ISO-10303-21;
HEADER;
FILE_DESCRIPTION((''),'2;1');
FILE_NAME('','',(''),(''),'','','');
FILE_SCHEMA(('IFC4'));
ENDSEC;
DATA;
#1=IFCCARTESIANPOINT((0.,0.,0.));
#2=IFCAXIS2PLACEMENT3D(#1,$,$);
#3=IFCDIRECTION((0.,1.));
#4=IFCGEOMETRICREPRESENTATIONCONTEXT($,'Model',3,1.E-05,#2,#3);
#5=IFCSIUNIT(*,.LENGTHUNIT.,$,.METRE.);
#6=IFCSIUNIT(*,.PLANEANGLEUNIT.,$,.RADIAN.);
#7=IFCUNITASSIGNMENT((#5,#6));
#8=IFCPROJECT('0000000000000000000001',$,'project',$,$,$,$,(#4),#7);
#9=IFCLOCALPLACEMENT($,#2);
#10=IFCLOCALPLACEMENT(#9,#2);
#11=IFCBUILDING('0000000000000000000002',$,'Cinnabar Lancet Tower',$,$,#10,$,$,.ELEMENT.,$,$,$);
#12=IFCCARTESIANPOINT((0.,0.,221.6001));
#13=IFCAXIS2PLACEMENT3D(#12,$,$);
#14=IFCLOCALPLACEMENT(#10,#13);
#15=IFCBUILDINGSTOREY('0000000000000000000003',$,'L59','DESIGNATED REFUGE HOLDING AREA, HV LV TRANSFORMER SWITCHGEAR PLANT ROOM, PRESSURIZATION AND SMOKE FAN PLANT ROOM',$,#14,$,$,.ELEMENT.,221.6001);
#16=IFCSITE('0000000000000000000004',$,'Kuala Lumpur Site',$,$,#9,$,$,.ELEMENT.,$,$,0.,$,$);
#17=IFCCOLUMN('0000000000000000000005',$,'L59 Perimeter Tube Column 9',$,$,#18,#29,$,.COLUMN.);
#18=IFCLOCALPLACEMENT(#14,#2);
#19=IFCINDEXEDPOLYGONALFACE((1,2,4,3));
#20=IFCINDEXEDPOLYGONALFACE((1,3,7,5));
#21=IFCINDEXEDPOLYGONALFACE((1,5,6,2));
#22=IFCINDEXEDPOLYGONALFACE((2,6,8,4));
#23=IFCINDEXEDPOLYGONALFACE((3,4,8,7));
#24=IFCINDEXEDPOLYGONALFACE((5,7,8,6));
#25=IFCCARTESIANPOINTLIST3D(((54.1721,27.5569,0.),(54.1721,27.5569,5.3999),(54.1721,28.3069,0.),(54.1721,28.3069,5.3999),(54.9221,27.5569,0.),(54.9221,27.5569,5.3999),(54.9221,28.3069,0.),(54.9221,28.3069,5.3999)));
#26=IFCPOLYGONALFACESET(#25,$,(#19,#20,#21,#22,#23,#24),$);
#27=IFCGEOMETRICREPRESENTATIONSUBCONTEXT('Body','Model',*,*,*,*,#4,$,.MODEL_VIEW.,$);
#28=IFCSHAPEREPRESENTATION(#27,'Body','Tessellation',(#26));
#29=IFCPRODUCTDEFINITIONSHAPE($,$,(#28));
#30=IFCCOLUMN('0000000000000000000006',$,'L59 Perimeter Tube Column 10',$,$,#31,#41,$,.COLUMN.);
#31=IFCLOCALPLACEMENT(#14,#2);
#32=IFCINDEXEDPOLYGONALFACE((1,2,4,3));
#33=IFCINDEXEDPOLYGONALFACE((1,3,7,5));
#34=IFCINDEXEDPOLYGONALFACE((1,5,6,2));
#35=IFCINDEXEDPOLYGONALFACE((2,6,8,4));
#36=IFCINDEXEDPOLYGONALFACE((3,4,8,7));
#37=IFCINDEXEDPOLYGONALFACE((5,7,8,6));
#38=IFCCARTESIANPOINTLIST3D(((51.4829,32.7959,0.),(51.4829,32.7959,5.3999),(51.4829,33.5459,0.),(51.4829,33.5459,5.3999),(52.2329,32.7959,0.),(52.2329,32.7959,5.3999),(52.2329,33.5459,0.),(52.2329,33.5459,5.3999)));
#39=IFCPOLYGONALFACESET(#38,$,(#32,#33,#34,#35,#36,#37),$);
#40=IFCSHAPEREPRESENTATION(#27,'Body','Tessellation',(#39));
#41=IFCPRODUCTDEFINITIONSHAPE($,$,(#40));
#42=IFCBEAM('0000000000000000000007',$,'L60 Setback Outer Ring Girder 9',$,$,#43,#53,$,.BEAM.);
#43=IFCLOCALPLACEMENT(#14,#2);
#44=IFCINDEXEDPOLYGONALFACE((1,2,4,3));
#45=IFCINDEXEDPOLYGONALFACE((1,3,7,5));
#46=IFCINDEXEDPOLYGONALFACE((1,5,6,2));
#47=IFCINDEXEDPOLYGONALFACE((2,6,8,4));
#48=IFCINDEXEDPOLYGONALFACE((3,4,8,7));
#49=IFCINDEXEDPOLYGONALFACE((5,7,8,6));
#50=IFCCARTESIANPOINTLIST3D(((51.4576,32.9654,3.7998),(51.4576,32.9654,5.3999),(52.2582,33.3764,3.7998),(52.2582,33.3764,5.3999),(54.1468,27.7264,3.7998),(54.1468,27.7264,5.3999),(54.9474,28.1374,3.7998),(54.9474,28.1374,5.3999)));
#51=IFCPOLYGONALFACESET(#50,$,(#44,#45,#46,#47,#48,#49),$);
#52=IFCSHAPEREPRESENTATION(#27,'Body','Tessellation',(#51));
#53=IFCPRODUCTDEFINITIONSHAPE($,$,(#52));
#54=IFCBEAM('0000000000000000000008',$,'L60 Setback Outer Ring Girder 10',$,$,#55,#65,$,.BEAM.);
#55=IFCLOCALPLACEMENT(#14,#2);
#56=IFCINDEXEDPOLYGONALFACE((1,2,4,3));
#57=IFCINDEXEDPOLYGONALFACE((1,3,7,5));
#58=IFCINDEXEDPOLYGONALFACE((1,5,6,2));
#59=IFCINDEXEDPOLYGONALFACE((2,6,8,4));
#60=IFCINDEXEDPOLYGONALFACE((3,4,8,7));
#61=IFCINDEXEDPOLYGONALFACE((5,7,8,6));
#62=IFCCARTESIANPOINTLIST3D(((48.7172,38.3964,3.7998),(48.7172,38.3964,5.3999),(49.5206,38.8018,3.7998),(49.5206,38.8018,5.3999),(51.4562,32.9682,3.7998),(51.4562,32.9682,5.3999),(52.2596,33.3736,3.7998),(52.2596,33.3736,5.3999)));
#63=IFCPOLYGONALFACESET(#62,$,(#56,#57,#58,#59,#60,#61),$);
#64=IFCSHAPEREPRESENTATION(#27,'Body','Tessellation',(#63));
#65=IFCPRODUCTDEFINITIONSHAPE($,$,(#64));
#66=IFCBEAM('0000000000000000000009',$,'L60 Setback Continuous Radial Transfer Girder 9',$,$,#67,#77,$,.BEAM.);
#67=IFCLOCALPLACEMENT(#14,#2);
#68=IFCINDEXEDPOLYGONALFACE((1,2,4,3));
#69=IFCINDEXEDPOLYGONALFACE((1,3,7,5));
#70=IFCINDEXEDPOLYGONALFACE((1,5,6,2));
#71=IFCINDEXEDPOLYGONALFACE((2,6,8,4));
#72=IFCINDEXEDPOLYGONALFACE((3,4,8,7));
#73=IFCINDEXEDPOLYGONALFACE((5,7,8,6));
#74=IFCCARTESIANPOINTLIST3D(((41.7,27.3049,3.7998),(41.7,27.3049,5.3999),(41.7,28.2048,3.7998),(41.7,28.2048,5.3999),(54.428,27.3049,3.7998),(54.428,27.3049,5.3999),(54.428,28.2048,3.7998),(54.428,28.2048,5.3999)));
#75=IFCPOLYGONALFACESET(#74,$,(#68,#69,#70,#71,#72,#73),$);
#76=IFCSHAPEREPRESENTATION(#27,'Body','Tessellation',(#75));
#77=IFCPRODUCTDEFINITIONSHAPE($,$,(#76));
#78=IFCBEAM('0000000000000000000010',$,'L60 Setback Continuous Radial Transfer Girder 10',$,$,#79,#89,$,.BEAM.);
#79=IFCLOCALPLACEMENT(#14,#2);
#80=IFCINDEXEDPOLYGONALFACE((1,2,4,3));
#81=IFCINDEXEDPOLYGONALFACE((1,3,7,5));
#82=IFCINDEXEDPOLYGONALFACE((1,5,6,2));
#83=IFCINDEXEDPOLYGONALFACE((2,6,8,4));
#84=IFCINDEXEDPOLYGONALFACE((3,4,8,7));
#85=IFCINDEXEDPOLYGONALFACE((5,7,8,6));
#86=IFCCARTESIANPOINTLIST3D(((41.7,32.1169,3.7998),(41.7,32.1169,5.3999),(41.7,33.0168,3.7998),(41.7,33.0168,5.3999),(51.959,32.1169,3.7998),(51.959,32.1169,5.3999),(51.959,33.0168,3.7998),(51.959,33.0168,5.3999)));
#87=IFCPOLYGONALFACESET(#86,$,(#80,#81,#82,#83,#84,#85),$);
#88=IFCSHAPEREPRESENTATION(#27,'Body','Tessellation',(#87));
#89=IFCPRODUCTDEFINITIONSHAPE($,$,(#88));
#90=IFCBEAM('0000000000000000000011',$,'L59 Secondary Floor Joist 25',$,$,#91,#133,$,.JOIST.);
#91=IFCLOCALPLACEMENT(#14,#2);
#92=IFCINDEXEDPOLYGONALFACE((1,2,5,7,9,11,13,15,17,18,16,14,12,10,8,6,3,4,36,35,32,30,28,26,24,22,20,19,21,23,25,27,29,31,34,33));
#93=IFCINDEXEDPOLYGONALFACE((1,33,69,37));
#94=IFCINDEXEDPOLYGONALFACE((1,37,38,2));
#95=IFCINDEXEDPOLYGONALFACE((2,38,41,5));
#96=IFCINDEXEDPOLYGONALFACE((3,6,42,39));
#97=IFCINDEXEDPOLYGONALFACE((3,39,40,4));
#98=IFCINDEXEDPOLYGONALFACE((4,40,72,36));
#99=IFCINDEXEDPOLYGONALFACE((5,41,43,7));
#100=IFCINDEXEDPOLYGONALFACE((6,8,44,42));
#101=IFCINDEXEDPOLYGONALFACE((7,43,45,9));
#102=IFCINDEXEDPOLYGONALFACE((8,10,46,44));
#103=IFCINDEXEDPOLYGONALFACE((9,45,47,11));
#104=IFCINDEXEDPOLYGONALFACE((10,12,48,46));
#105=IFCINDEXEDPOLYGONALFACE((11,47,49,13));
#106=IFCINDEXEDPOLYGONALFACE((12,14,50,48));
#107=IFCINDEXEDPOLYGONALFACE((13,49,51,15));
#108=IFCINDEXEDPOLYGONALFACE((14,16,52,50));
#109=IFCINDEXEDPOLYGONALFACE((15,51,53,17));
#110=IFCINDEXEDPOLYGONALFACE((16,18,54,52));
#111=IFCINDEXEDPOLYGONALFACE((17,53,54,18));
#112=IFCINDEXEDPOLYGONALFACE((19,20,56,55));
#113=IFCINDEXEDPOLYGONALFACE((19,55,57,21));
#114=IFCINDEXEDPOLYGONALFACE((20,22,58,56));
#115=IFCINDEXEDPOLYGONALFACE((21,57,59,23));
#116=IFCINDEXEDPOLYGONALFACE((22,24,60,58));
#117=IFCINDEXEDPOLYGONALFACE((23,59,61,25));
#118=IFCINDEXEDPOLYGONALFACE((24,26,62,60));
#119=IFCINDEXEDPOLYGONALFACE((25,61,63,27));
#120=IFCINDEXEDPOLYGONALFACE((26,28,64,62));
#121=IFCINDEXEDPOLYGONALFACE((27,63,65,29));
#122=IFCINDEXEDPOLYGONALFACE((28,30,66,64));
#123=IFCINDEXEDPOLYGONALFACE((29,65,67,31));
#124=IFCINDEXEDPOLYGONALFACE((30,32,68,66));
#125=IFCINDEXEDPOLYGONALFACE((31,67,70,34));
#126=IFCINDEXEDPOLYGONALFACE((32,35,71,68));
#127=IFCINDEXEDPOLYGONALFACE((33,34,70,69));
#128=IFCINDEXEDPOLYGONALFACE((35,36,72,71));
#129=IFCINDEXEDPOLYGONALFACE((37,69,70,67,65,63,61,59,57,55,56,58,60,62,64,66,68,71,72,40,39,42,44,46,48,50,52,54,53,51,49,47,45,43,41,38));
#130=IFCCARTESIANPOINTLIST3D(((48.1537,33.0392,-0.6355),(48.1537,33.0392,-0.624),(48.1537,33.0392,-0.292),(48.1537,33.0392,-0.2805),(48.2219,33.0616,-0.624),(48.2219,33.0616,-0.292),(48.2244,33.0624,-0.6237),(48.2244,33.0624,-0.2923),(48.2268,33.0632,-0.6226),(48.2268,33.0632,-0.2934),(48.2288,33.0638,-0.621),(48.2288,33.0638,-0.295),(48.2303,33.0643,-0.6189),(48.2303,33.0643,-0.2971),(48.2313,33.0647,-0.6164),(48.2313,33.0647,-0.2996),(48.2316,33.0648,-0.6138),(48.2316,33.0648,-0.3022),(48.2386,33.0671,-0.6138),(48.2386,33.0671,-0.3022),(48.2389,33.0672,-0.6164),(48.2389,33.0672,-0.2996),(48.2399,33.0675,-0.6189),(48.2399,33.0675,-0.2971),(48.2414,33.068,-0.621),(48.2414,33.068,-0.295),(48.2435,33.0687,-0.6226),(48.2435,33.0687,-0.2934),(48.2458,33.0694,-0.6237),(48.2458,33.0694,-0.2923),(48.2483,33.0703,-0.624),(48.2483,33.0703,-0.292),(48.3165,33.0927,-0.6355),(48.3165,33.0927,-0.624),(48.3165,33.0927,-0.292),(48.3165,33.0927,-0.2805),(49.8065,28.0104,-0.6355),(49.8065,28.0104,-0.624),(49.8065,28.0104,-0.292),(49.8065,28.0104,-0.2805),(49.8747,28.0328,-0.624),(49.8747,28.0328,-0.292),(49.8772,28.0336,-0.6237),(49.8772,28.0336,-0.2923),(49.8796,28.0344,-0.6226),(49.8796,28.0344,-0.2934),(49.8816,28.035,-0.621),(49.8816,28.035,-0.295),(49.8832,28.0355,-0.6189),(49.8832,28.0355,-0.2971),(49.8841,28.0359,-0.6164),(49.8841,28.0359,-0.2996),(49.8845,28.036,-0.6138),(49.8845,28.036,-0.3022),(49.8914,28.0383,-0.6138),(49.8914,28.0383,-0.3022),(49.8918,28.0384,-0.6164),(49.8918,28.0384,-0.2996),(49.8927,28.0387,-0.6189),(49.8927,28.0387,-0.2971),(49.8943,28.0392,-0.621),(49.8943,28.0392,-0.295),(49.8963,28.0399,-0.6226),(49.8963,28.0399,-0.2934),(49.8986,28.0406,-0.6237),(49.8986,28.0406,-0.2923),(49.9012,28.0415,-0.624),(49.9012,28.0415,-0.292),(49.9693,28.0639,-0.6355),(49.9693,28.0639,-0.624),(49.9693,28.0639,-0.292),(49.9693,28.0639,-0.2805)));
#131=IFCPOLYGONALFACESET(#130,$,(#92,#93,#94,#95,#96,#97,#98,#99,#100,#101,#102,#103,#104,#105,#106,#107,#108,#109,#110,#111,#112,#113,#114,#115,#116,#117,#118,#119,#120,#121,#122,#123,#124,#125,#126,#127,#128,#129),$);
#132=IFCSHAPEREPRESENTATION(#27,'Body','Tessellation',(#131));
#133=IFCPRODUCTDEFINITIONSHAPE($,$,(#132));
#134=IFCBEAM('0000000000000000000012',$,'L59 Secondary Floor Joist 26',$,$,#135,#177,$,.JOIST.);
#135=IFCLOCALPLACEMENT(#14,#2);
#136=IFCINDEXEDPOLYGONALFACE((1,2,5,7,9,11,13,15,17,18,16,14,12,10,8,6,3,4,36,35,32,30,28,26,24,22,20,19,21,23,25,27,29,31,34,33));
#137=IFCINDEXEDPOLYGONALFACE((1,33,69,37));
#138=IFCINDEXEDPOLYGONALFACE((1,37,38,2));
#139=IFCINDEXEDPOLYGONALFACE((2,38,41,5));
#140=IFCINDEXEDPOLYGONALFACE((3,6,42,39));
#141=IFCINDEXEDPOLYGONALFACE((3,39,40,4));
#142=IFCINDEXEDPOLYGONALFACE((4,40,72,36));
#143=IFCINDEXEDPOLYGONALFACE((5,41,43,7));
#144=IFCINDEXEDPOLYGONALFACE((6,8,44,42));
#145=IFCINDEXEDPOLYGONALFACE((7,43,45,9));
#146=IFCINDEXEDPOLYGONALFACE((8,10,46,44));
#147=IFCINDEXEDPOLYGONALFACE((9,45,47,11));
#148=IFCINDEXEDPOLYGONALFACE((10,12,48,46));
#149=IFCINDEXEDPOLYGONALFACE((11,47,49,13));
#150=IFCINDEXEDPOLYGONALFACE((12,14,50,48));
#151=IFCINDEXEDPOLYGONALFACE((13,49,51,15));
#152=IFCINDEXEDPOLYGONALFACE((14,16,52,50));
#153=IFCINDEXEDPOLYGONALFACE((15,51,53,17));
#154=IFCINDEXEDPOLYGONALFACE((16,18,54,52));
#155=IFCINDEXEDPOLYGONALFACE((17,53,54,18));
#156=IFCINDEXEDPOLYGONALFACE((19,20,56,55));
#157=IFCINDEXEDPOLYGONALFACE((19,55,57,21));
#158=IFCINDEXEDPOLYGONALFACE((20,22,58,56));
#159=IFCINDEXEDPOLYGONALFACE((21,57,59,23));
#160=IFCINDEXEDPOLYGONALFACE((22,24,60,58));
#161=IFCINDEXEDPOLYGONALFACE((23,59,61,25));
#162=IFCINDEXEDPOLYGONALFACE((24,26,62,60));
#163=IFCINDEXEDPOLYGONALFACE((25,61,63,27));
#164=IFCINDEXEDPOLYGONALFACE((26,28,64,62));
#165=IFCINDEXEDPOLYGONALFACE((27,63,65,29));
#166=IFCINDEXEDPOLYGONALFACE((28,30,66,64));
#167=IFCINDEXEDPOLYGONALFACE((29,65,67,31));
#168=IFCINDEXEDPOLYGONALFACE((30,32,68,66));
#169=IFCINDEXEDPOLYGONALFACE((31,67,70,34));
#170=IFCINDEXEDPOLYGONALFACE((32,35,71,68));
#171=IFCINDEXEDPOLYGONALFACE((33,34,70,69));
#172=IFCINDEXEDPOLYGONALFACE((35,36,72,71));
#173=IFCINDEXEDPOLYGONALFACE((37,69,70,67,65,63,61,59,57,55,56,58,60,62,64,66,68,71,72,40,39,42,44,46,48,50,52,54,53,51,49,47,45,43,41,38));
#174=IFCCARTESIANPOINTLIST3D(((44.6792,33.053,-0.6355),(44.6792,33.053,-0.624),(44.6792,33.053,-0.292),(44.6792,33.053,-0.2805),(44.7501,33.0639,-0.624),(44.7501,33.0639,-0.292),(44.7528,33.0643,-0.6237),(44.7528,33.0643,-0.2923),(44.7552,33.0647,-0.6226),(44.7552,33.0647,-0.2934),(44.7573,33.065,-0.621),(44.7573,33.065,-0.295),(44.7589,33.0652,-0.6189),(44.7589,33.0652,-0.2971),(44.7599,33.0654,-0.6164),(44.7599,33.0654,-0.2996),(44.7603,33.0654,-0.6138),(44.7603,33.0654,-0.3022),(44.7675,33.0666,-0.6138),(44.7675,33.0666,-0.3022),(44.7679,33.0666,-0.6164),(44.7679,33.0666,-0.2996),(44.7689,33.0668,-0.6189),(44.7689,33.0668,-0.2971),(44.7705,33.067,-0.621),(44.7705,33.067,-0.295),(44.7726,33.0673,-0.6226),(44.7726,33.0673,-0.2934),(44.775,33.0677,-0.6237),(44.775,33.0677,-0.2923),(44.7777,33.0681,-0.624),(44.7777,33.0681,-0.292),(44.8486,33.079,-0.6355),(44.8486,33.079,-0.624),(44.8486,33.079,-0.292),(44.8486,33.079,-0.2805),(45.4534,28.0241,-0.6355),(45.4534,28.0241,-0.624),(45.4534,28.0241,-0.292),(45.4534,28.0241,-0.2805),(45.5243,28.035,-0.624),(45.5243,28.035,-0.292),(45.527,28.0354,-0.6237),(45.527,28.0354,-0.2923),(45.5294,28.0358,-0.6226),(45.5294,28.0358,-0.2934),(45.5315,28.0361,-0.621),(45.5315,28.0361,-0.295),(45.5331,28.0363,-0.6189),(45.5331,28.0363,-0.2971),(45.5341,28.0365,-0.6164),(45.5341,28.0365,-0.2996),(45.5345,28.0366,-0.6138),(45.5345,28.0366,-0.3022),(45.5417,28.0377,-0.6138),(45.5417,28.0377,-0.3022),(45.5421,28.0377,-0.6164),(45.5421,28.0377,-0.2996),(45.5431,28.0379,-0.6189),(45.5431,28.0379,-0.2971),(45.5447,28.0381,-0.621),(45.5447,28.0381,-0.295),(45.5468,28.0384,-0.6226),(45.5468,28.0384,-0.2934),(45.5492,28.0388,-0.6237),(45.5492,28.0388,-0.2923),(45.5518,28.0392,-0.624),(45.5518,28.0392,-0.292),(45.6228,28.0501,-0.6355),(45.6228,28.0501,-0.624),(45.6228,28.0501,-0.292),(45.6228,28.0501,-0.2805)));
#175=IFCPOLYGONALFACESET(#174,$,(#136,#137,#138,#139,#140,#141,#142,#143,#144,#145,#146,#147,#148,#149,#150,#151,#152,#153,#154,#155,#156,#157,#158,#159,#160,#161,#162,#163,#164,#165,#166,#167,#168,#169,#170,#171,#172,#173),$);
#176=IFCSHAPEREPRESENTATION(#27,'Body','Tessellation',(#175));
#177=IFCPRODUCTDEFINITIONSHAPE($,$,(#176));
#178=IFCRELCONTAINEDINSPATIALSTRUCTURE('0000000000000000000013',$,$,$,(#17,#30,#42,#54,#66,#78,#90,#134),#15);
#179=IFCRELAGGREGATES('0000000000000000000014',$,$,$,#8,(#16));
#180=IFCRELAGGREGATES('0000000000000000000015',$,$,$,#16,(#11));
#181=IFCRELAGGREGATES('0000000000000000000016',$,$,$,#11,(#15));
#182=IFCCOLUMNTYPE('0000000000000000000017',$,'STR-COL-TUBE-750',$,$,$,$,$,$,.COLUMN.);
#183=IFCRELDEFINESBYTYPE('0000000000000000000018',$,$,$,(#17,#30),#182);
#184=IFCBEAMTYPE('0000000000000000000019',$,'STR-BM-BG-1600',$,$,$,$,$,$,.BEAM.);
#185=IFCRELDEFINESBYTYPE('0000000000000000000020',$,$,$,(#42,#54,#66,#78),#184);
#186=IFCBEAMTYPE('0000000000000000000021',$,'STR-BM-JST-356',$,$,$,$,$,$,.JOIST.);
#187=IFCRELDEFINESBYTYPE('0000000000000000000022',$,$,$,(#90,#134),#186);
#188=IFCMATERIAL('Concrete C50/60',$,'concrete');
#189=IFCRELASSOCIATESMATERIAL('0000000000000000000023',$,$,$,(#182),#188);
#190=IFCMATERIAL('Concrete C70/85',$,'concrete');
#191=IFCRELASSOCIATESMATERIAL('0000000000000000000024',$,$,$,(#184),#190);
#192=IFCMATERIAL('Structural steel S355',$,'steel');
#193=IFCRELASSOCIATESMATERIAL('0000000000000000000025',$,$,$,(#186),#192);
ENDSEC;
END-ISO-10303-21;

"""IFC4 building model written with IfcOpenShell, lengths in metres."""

from ifc_helpers import new_model, si_unit, direction, frame, origin, origin_2d, place, context, subcontext, project, spatial, rectangle, i_section, extrude, material, material_profile, profile_set, type_object, element, save


model = new_model("IFC4")

# Units and contexts
model_context = context("Model", 3, precision=1e-05, world=origin(), true_north=direction((0.0, 1.0)))
body_context = subcontext(model_context, "Body", "Model", "MODEL_VIEW")
ifc_project = project(units=[si_unit("LENGTHUNIT", "METRE"), si_unit("PLANEANGLEUNIT", "RADIAN")], contexts=[model_context])

# Site, building, storey
site_placement = place(None, origin())
site = spatial("IfcSite", under=ifc_project, at=site_placement, Name="Kuala Lumpur Site", CompositionType="ELEMENT", RefElevation=0.0)
building_placement = place(site_placement, origin())
building = spatial("IfcBuilding", under=site, at=building_placement, Name="Cinnabar Lancet Tower", CompositionType="ELEMENT")
storey_placement = place(building_placement, frame((0.0, 0.0, 221.6001)))
storey = spatial("IfcBuildingStorey", under=building, at=storey_placement, Name="L59", Description="DESIGNATED REFUGE HOLDING AREA, HV LV TRANSFORMER SWITCHGEAR PLANT ROOM, PRESSURIZATION AND SMOKE FAN PLANT ROOM", CompositionType="ELEMENT", Elevation=221.6001)

# Columns
ifc_material_1 = material(Name="Concrete C50/60", Category="concrete")
ifc_material_profile_1 = material_profile(ifc_material_1, rectangle(XDim=0.75, YDim=0.75, at=origin_2d()), Name="RC-COL 750x750")
ifc_profile_set_1 = profile_set([ifc_material_profile_1], Name="Concrete C50/60")
column_type = type_object("IfcColumnType", Name="STR-COL-TUBE-750", PredefinedType="COLUMN", material=ifc_profile_set_1)
for number, where, z_axis, x_axis, name in (
    (1, (54.5471, 27.9319, 0.0), (0.0, 0.0, 1.0), (1.0, 0.0, 0.0), "L59 Perimeter Tube Column 9"),
    (2, (51.8579, 33.1709, 0.0), (0.0, 0.0, 1.0), (1.0, 0.0, 0.0), "L59 Perimeter Tube Column 10"),
):
    element("IfcColumn", number, at=place(storey_placement, frame(where, z_axis=z_axis, x_axis=x_axis)), inside=storey, type_object=column_type, Name=name, PredefinedType="COLUMN", context=body_context, shape_type="SweptSolid", body=[
        extrude(rectangle(XDim=0.75, YDim=0.75, at=origin_2d()), origin(), (0.0, 0.0, 1.0), 5.3999),
    ])

# Beams
ifc_material_2 = material(Name="Concrete C70/85", Category="concrete")
ifc_material_profile_2 = material_profile(ifc_material_2, rectangle(XDim=0.8999, YDim=1.6001, at=origin_2d()), Name="RC-BG 900x1600")
ifc_profile_set_2 = profile_set([ifc_material_profile_2], Name="Concrete C70/85")
beam_type_1 = type_object("IfcBeamType", Name="STR-BM-BG-1600", PredefinedType="BEAM", material=ifc_profile_set_2)
beam_1_placement = place(storey_placement, frame((54.5471, 27.9319, 4.5999), z_axis=(-0.456657, 0.889643, 0.0), x_axis=(-0.889643, -0.456657, 0.0)))
element("IfcBeam", 3, at=beam_1_placement, inside=storey, type_object=beam_type_1, Name="L60 Setback Outer Ring Girder 9", PredefinedType="BEAM", context=body_context, shape_type="SweptSolid", body=[
    extrude(rectangle(XDim=0.8999, YDim=1.6001, at=origin_2d()), origin(), (0.0, 0.0, 1.0), 5.8889),
])
beam_2_placement = place(storey_placement, frame((51.8579, 33.1709, 4.5999), z_axis=(-0.450487, 0.892783, 0.0), x_axis=(-0.892783, -0.450487, 0.0)))
element("IfcBeam", 4, at=beam_2_placement, inside=storey, type_object=beam_type_1, Name="L60 Setback Outer Ring Girder 10", PredefinedType="BEAM", context=body_context, shape_type="SweptSolid", body=[
    extrude(rectangle(XDim=0.8999, YDim=1.6001, at=origin_2d()), origin(), (0.0, 0.0, 1.0), 6.0801),
])
beam_3_placement = place(storey_placement, frame((54.428, 27.7549, 4.5999), z_axis=(-1.0, 0.0, 0.0), x_axis=(0.0, -1.0, 0.0)))
element("IfcBeam", 5, at=beam_3_placement, inside=storey, type_object=beam_type_1, Name="L60 Setback Continuous Radial Transfer Girder 9", PredefinedType="BEAM", context=body_context, shape_type="SweptSolid", body=[
    extrude(rectangle(XDim=0.8999, YDim=1.6001, at=origin_2d()), origin(), (0.0, 0.0, 1.0), 12.728),
])
beam_4_placement = place(storey_placement, frame((51.959, 32.5669, 4.5999), z_axis=(-1.0, 0.0, 0.0), x_axis=(0.0, -1.0, 0.0)))
element("IfcBeam", 6, at=beam_4_placement, inside=storey, type_object=beam_type_1, Name="L60 Setback Continuous Radial Transfer Girder 10", PredefinedType="BEAM", context=body_context, shape_type="SweptSolid", body=[
    extrude(rectangle(XDim=0.8999, YDim=1.6001, at=origin_2d()), origin(), (0.0, 0.0, 1.0), 10.259),
])
ifc_material_3 = material(Name="Structural steel S355", Category="steel")
ifc_material_profile_3 = material_profile(ifc_material_3, i_section(OverallWidth=0.1714, OverallDepth=0.355, WebThickness=0.0073, FlangeThickness=0.0115, FilletRadius=0.0103, at=origin_2d()), Name="UKB 356x171x51")
ifc_profile_set_3 = profile_set([ifc_material_profile_3], Name="Structural steel S355")
beam_type_2 = type_object("IfcBeamType", Name="STR-BM-JST-356", PredefinedType="JOIST", material=ifc_profile_set_3)
beam_5_placement = place(storey_placement, frame((49.8879, 28.0371, -0.458), z_axis=(-0.31224, 0.950003, 0.0), x_axis=(-0.950003, -0.31224, 0.0)))
element("IfcBeam", 7, at=beam_5_placement, inside=storey, type_object=beam_type_2, Name="L59 Secondary Floor Joist 25", PredefinedType="JOIST", context=body_context, shape_type="SweptSolid", body=[
    extrude(i_section(OverallWidth=0.1714, OverallDepth=0.355, WebThickness=0.0073, FlangeThickness=0.0115, FilletRadius=0.0103, at=origin_2d()), origin(), (0.0, 0.0, 1.0), 5.2935),
])
beam_6_placement = place(storey_placement, frame((45.5381, 28.0371, -0.458), z_axis=(-0.152155, 0.988357, 0.0), x_axis=(-0.988357, -0.152155, 0.0)))
element("IfcBeam", 8, at=beam_6_placement, inside=storey, type_object=beam_type_2, Name="L59 Secondary Floor Joist 26", PredefinedType="JOIST", context=body_context, shape_type="SweptSolid", body=[
    extrude(i_section(OverallWidth=0.1714, OverallDepth=0.355, WebThickness=0.0073, FlangeThickness=0.0115, FilletRadius=0.0103, at=origin_2d()), origin(), (0.0, 0.0, 1.0), 5.0881),
])

save(model, "model.ifc")
